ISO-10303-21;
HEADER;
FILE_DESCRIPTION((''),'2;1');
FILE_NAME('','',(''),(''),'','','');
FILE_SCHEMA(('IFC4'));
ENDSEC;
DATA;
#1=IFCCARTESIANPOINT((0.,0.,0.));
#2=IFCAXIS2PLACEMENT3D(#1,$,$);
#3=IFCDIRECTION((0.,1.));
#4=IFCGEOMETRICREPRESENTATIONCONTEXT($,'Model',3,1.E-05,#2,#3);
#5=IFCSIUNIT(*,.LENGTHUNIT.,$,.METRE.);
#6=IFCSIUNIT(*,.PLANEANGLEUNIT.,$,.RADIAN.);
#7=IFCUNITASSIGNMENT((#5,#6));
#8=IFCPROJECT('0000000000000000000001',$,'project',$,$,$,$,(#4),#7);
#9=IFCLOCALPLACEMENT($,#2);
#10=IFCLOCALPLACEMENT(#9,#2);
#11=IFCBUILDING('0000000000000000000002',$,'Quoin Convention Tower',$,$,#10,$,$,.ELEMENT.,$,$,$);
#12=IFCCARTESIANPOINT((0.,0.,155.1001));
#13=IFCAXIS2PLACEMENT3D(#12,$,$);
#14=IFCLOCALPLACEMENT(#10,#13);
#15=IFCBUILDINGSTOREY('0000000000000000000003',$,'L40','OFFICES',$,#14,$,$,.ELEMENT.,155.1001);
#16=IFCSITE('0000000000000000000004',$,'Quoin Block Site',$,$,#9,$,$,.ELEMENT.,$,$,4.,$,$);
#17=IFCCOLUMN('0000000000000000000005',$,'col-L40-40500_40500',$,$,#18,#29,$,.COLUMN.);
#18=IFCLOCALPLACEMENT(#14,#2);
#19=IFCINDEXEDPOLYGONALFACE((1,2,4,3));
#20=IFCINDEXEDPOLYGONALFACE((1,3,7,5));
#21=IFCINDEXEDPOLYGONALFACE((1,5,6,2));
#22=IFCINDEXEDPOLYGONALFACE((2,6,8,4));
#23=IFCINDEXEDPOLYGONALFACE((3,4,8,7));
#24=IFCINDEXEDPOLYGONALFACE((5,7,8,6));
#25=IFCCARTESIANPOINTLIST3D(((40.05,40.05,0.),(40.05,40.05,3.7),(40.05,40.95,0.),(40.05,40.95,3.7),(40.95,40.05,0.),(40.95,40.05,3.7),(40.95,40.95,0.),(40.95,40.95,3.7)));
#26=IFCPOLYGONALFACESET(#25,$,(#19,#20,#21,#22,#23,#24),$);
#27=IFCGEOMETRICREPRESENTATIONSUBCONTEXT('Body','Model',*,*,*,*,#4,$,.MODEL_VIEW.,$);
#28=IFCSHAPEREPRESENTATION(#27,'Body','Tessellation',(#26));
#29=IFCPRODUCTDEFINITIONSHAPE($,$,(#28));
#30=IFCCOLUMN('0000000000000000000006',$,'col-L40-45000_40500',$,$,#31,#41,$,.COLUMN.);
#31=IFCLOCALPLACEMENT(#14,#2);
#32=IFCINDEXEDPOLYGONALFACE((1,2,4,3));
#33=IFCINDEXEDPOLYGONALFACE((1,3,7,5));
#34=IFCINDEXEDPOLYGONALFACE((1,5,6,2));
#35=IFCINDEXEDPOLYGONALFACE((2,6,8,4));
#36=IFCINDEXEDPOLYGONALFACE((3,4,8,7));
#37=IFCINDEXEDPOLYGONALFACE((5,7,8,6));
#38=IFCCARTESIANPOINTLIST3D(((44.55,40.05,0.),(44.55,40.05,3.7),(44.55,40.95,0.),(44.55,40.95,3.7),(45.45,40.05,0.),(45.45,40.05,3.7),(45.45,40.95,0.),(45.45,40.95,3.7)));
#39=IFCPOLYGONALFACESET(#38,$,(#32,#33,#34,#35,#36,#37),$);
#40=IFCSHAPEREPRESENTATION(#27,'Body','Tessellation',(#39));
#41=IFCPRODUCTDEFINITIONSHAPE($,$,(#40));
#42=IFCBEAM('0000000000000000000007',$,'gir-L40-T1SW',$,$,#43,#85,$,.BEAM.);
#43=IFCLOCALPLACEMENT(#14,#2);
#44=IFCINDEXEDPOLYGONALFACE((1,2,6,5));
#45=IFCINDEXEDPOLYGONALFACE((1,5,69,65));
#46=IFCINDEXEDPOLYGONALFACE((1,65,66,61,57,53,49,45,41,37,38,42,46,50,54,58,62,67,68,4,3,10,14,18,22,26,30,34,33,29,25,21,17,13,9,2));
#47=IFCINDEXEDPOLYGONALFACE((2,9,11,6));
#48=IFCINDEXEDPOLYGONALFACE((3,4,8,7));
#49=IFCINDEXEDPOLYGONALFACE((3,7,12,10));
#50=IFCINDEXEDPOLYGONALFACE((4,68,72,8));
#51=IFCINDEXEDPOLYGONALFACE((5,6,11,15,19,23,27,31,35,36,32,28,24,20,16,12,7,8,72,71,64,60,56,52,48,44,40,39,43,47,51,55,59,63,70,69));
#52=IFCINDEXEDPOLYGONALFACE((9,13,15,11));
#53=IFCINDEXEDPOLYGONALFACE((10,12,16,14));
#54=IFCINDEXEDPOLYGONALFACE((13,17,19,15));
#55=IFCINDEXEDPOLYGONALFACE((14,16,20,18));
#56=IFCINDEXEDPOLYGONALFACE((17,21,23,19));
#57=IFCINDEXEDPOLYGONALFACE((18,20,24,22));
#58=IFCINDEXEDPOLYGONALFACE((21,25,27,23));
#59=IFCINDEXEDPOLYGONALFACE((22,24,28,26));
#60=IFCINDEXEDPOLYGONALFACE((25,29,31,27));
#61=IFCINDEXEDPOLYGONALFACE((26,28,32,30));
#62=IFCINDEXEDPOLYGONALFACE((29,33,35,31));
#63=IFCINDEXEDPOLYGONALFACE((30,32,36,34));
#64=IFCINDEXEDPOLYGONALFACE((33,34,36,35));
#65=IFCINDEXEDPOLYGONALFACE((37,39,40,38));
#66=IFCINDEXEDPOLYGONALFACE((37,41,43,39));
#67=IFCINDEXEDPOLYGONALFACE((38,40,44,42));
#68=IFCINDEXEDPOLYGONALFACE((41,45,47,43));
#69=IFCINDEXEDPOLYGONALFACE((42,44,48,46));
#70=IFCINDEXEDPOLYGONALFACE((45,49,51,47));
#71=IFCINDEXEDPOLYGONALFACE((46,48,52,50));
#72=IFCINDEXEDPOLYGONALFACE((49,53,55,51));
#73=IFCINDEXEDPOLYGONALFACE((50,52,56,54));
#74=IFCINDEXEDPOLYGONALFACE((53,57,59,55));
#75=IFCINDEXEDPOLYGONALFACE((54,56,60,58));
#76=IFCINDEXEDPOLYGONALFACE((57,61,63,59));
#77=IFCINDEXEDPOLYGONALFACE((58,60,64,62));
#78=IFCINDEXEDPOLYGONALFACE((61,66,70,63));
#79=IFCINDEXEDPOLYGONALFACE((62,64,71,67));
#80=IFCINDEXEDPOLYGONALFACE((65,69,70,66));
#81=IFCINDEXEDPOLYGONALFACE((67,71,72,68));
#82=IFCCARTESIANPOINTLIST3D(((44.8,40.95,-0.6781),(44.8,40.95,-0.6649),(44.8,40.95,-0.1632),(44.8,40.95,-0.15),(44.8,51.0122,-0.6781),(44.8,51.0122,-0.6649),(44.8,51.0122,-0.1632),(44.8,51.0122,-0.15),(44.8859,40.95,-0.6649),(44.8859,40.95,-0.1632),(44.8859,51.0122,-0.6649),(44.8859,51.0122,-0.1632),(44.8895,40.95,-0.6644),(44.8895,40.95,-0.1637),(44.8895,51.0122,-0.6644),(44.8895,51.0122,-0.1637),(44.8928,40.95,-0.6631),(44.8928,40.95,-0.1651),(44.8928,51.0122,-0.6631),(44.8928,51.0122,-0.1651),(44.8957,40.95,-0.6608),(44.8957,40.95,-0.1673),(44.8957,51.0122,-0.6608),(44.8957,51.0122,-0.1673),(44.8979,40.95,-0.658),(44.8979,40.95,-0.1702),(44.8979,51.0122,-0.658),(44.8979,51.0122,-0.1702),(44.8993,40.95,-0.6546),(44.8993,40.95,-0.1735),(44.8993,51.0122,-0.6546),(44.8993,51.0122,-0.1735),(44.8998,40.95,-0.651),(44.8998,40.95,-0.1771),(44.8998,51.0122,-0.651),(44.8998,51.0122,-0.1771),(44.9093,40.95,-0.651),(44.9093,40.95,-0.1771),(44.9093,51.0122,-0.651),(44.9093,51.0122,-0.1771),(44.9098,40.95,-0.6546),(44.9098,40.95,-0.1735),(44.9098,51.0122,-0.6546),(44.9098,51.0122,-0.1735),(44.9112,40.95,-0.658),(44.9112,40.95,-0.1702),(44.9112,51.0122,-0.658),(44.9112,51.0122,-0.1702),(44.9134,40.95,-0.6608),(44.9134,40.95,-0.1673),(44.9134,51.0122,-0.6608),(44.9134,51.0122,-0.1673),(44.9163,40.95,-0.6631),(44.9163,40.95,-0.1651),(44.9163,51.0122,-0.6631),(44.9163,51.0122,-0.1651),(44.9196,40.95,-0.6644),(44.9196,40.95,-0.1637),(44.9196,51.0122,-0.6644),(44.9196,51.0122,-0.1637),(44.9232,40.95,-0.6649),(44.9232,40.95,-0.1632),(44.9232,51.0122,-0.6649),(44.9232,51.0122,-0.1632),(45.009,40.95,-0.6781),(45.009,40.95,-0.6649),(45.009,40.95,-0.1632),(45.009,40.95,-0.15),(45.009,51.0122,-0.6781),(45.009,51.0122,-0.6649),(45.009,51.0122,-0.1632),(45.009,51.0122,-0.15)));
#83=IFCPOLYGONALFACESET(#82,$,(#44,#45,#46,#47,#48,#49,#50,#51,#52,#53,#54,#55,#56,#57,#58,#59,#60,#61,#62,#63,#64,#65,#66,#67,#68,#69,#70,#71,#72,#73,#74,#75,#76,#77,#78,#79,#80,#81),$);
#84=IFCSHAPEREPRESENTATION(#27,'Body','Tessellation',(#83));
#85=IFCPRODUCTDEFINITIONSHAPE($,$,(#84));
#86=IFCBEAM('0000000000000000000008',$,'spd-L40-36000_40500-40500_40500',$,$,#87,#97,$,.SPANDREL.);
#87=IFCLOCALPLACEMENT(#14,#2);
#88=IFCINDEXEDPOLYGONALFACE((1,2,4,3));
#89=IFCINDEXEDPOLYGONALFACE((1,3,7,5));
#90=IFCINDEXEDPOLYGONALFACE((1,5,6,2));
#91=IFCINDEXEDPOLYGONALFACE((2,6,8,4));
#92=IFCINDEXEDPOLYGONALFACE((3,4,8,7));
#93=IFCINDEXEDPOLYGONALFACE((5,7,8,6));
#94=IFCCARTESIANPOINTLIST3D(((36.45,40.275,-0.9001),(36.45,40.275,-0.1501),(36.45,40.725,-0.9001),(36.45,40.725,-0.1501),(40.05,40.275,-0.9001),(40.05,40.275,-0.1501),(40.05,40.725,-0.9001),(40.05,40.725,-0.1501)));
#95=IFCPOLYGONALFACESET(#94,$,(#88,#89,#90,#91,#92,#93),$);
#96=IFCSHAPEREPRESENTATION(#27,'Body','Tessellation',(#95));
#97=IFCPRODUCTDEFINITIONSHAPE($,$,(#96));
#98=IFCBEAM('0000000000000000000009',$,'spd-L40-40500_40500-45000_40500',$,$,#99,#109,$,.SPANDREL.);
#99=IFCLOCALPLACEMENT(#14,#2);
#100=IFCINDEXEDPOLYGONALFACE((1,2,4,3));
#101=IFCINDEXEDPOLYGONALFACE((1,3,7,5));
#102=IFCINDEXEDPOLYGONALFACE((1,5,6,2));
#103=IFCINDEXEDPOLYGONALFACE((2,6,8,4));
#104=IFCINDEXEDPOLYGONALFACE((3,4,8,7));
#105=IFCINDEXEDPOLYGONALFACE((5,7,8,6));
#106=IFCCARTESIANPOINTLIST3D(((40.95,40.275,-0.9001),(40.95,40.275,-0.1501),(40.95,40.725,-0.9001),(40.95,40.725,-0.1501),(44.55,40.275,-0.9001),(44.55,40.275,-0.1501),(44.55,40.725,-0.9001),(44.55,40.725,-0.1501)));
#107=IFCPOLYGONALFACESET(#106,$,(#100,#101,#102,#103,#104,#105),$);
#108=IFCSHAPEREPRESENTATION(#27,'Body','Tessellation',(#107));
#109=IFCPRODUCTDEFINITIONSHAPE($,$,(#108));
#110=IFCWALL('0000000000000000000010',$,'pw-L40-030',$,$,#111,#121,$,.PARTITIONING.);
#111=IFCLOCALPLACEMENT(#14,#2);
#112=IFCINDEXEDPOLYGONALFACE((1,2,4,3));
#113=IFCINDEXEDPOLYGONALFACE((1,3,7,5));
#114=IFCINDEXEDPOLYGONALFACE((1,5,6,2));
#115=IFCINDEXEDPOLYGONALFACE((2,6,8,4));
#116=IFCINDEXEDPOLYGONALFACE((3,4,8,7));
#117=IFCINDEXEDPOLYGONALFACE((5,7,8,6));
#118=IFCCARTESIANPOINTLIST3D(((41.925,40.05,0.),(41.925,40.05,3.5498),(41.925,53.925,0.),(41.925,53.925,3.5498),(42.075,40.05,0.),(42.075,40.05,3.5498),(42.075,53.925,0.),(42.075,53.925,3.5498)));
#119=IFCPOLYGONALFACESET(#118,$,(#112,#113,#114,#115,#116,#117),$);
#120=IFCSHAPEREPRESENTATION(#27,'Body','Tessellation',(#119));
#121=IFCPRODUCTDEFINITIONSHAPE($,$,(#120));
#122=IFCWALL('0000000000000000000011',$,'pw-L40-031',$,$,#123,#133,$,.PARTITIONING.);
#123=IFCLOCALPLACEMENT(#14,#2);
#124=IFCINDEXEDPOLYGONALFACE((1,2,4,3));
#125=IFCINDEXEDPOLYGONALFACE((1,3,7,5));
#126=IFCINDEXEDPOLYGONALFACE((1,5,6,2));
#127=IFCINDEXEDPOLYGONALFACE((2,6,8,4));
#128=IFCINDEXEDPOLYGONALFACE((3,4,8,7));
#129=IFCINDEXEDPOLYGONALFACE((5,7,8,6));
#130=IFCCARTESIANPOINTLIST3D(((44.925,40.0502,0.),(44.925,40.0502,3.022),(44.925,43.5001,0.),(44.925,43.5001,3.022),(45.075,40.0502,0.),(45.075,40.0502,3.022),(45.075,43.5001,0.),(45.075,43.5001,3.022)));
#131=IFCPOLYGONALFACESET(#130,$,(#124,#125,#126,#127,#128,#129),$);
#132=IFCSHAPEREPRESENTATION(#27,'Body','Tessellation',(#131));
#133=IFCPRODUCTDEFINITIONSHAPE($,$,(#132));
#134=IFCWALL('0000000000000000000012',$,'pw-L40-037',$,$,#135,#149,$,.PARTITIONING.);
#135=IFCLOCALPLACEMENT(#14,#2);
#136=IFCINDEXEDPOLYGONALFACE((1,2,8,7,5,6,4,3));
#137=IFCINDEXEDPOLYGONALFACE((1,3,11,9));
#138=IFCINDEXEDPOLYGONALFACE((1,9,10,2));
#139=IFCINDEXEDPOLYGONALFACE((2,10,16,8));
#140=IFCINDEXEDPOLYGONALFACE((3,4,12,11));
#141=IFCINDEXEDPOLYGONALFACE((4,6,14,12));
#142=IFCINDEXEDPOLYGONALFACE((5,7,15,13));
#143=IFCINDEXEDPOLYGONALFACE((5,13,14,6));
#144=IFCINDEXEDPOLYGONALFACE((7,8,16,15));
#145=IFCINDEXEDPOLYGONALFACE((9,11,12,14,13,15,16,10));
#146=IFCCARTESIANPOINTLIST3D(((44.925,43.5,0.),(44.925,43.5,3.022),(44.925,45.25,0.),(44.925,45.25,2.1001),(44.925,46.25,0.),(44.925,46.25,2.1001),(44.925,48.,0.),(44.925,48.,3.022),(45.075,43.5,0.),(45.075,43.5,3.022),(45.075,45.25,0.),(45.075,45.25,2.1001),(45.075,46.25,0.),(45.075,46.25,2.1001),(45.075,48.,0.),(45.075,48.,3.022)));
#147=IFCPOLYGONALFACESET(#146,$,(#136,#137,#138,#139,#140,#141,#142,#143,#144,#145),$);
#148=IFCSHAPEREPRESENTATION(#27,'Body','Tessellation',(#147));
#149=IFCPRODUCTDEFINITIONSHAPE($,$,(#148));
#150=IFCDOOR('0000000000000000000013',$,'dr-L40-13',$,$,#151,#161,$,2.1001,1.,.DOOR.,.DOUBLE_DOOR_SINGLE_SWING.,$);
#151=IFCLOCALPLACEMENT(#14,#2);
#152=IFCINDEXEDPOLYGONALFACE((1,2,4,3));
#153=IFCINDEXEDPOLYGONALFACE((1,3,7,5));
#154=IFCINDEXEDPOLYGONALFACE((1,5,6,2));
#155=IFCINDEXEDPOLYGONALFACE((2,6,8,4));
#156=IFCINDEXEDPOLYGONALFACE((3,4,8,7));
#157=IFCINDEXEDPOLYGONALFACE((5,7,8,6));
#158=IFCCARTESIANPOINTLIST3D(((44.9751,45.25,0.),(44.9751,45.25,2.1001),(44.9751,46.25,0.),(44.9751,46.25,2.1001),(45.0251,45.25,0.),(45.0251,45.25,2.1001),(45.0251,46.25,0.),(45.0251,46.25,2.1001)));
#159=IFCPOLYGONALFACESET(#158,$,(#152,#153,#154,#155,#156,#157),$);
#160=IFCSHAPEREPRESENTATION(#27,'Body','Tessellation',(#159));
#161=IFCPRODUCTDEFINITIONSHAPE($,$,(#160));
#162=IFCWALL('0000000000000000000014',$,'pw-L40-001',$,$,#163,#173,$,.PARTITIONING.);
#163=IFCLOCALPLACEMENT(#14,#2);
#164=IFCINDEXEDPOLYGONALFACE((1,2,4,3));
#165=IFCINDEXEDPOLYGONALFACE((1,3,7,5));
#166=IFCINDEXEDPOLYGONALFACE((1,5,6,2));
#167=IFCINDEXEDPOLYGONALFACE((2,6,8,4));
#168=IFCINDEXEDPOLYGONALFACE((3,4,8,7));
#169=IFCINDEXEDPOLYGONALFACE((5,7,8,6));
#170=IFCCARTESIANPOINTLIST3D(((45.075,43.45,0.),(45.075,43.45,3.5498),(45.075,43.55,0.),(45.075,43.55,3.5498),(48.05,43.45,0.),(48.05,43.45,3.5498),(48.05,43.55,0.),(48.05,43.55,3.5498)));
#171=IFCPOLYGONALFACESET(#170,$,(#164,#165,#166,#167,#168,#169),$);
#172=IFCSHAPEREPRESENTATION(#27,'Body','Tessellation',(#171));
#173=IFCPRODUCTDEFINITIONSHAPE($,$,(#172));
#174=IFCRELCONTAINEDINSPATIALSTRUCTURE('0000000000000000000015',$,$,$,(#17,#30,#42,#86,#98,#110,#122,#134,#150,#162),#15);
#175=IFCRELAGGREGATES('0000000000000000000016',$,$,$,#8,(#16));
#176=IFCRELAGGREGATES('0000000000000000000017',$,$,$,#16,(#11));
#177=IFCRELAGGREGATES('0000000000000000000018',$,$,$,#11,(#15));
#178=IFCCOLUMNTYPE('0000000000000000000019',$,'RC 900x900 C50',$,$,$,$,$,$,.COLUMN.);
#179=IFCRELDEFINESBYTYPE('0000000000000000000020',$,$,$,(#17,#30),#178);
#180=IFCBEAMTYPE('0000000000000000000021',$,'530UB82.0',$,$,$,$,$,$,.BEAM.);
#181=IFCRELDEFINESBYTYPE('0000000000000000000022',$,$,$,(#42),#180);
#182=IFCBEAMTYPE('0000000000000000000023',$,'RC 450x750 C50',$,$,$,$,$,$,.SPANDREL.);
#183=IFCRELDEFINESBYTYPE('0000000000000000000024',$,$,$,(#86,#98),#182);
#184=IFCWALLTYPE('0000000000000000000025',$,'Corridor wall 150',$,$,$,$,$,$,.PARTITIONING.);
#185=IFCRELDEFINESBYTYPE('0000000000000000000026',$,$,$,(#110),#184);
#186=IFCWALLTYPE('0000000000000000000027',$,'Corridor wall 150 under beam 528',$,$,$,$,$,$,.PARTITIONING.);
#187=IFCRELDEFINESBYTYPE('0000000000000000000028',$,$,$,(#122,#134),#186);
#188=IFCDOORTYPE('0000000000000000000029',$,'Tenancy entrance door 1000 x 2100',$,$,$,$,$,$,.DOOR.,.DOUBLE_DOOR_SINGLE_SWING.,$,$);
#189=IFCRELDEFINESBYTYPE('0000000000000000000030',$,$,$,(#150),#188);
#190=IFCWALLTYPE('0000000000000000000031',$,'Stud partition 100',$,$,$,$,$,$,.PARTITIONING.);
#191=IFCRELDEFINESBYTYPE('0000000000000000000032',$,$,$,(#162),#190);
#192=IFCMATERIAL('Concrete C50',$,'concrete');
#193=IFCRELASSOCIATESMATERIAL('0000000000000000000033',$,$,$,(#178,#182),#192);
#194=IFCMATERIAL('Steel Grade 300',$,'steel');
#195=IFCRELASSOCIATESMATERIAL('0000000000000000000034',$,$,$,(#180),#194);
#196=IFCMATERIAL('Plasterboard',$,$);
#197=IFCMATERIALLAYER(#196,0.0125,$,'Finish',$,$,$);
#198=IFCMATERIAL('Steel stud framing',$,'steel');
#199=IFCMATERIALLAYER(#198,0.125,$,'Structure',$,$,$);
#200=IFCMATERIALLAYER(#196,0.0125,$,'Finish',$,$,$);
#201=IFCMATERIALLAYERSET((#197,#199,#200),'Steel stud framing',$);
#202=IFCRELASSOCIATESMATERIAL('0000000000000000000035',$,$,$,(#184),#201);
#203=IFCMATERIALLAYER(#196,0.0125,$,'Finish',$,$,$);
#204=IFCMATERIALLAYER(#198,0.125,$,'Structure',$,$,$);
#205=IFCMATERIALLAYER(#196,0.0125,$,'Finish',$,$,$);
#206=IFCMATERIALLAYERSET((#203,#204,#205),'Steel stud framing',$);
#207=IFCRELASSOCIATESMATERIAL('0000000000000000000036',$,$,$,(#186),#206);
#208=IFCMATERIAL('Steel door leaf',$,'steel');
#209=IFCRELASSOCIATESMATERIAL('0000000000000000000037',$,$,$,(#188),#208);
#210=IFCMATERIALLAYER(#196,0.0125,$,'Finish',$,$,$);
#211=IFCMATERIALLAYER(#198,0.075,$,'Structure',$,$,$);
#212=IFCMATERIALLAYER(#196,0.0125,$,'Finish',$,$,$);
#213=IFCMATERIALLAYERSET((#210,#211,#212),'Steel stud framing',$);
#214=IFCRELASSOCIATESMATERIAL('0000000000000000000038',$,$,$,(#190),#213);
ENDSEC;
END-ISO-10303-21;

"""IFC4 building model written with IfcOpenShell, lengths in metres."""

from ifc_helpers import new_model, si_unit, direction, frame, frame_2d, origin, origin_2d, place, context, subcontext, project, spatial, rectangle, i_section, extrude, material, layer, layer_set, material_profile, profile_set, type_object, element, fill, save


model = new_model("IFC4")

# Units and contexts
model_context = context("Model", 3, precision=1e-05, world=origin(), true_north=direction((0.0, 1.0)))
body_context = subcontext(model_context, "Body", "Model", "MODEL_VIEW")
ifc_project = project(units=[si_unit("LENGTHUNIT", "METRE"), si_unit("PLANEANGLEUNIT", "RADIAN")], contexts=[model_context])

# Site, building, storey
site_placement = place(None, origin())
site = spatial("IfcSite", under=ifc_project, at=site_placement, Name="Quoin Block Site", CompositionType="ELEMENT", RefElevation=4.0)
building_placement = place(site_placement, origin())
building = spatial("IfcBuilding", under=site, at=building_placement, Name="Quoin Convention Tower", CompositionType="ELEMENT")
storey_placement = place(building_placement, frame((0.0, 0.0, 155.1001)))
storey = spatial("IfcBuildingStorey", under=building, at=storey_placement, Name="L40", Description="OFFICES", CompositionType="ELEMENT", Elevation=155.1001)

# Columns
ifc_material_1 = material(Name="Concrete C50", Category="concrete")
ifc_material_profile_1 = material_profile(ifc_material_1, rectangle(XDim=0.8999, YDim=0.8999, at=origin_2d()), Name="RC 900x900")
ifc_profile_set_1 = profile_set([ifc_material_profile_1], Name="Concrete C50")
column_type = type_object("IfcColumnType", Name="RC 900x900 C50", PredefinedType="COLUMN", material=ifc_profile_set_1)
for number, where, z_axis, x_axis, name in (
    (1, (40.5, 40.5, 0.0), (0.0, 0.0, 1.0), (1.0, 0.0, 0.0), "col-L40-40500_40500"),
    (2, (45.0, 40.5, 0.0), (0.0, 0.0, 1.0), (1.0, 0.0, 0.0), "col-L40-45000_40500"),
):
    element("IfcColumn", number, at=place(storey_placement, frame(where, z_axis=z_axis, x_axis=x_axis)), inside=storey, type_object=column_type, Name=name, PredefinedType="COLUMN", context=body_context, shape_type="SweptSolid", body=[
        extrude(rectangle(XDim=0.8999, YDim=0.8999, at=origin_2d()), origin(), (0.0, 0.0, 1.0), 3.7),
    ])

# Beams
ifc_material_2 = material(Name="Steel Grade 300", Category="steel")
ifc_material_profile_2 = material_profile(ifc_material_2, i_section(OverallWidth=0.209, OverallDepth=0.5281, WebThickness=0.0095, FlangeThickness=0.0132, FilletRadius=0.0139, at=origin_2d()), Name="530UB82.0")
ifc_profile_set_2 = profile_set([ifc_material_profile_2], Name="Steel Grade 300")
beam_type_1 = type_object("IfcBeamType", Name="530UB82.0", PredefinedType="BEAM", material=ifc_profile_set_2)
beam_placement = place(storey_placement, frame((44.9045, 40.95, -0.4141), z_axis=(0.0, 1.0, 0.0), x_axis=(-1.0, 0.0, 0.0)))
element("IfcBeam", 3, at=beam_placement, inside=storey, type_object=beam_type_1, Name="gir-L40-T1SW", PredefinedType="BEAM", context=body_context, shape_type="SweptSolid", body=[
    extrude(i_section(OverallWidth=0.209, OverallDepth=0.5281, WebThickness=0.0095, FlangeThickness=0.0132, FilletRadius=0.0139, at=origin_2d()), origin(), (0.0, 0.0, 1.0), 10.0623),
])
ifc_material_profile_3 = material_profile(ifc_material_1, rectangle(XDim=0.45, YDim=0.75, at=origin_2d()), Name="RC 450x750")
ifc_profile_set_3 = profile_set([ifc_material_profile_3], Name="Concrete C50")
beam_type_2 = type_object("IfcBeamType", Name="RC 450x750 C50", PredefinedType="SPANDREL", material=ifc_profile_set_3)
for number, where, z_axis, x_axis, name in (
    (4, (36.45, 40.5, -0.5251), (1.0, 0.0, 0.0), (0.0, 1.0, 0.0), "spd-L40-36000_40500-40500_40500"),
    (5, (40.95, 40.5, -0.5251), (1.0, 0.0, 0.0), (0.0, 1.0, 0.0), "spd-L40-40500_40500-45000_40500"),
):
    element("IfcBeam", number, at=place(storey_placement, frame(where, z_axis=z_axis, x_axis=x_axis)), inside=storey, type_object=beam_type_2, Name=name, PredefinedType="SPANDREL", context=body_context, shape_type="SweptSolid", body=[
        extrude(rectangle(XDim=0.45, YDim=0.75, at=origin_2d()), origin(), (0.0, 0.0, 1.0), 3.6001),
    ])

# Walls
ifc_material_3 = material(Name="Plasterboard")
ifc_layer_1 = layer(ifc_material_3, 0.0125, Name="Finish")
ifc_material_4 = material(Name="Steel stud framing", Category="steel")
ifc_layer_2 = layer(ifc_material_4, 0.125, Name="Structure")
ifc_layer_3 = layer(ifc_material_3, 0.0125, Name="Finish")
ifc_layer_set_1 = layer_set([ifc_layer_1, ifc_layer_2, ifc_layer_3], Name="Steel stud framing")
wall_type_1 = type_object("IfcWallType", Name="Corridor wall 150", PredefinedType="PARTITIONING", material=ifc_layer_set_1)
wall_1_placement = place(storey_placement, frame((42.0, 40.05, 0.0), z_axis=(0.0, 0.0, 1.0), x_axis=(0.0, 1.0, 0.0)))
element("IfcWall", 6, at=wall_1_placement, inside=storey, type_object=wall_type_1, Name="pw-L40-030", PredefinedType="PARTITIONING", context=body_context, shape_type="SweptSolid", body=[
    extrude(rectangle(XDim=13.875, YDim=0.1499, at=frame_2d((6.9375, 0.0))), origin(), (0.0, 0.0, 1.0), 3.5498),
])
ifc_layer_4 = layer(ifc_material_3, 0.0125, Name="Finish")
ifc_layer_5 = layer(ifc_material_4, 0.125, Name="Structure")
ifc_layer_6 = layer(ifc_material_3, 0.0125, Name="Finish")
ifc_layer_set_2 = layer_set([ifc_layer_4, ifc_layer_5, ifc_layer_6], Name="Steel stud framing")
wall_type_2 = type_object("IfcWallType", Name="Corridor wall 150 under beam 528", PredefinedType="PARTITIONING", material=ifc_layer_set_2)
wall_2_placement = place(storey_placement, frame((45.0, 40.05, 0.0), z_axis=(0.0, 0.0, 1.0), x_axis=(0.0, 1.0, 0.0)))
element("IfcWall", 7, at=wall_2_placement, inside=storey, type_object=wall_type_2, Name="pw-L40-031", PredefinedType="PARTITIONING", context=body_context, shape_type="SweptSolid", body=[
    extrude(rectangle(XDim=3.45, YDim=0.1499, at=frame_2d((1.7251, 0.0))), origin(), (0.0, 0.0, 1.0), 3.022),
])

# Wall, opening, door
wall_3_placement = place(storey_placement, frame((45.0, 43.5, 0.0), z_axis=(0.0, 0.0, 1.0), x_axis=(0.0, 1.0, 0.0)))
wall_3 = element("IfcWall", 8, at=wall_3_placement, inside=storey, type_object=wall_type_2, Name="pw-L40-037", PredefinedType="PARTITIONING", context=body_context, shape_type="SweptSolid", body=[
    extrude(rectangle(XDim=4.5, YDim=0.1499, at=frame_2d((2.25, 0.0))), origin(), (0.0, 0.0, 1.0), 3.022),
])
opening_placement = place(wall_3_placement, frame((1.75, 0.0, 0.0)))
opening = element("IfcOpeningElement", 9, at=opening_placement, cuts=wall_3, PredefinedType="OPENING", context=body_context, shape_type="SweptSolid", body=[
    extrude(rectangle(XDim=1.0, YDim=2.1001, at=frame_2d((0.5, 1.05))), frame((0.0, 0.085, 0.0), z_axis=(0.0, -1.0, 0.0), x_axis=(1.0, 0.0, 0.0)), (0.0, 0.0, 1.0), 0.1699),
])
ifc_material_5 = material(Name="Steel door leaf", Category="steel")
door_type = type_object("IfcDoorType", Name="Tenancy entrance door 1000 x 2100", OperationType="DOUBLE_DOOR_SINGLE_SWING", PredefinedType="DOOR", material=ifc_material_5)
door_placement = place(opening_placement, origin())
door = element("IfcDoor", 10, at=door_placement, inside=storey, type_object=door_type, Name="dr-L40-13", OperationType="DOUBLE_DOOR_SINGLE_SWING", OverallHeight=2.1001, OverallWidth=1.0, PredefinedType="DOOR", context=body_context, shape_type="SweptSolid", body=[
    extrude(rectangle(XDim=1.0, YDim=2.1001, at=frame_2d((0.5, 1.05))), frame((0.0, 0.0249, 0.0), z_axis=(0.0, -1.0, 0.0), x_axis=(1.0, 0.0, 0.0)), (0.0, 0.0, 1.0), 0.05),
])
fill(opening, door)

# Wall
ifc_layer_7 = layer(ifc_material_3, 0.0125, Name="Finish")
ifc_layer_8 = layer(ifc_material_4, 0.075, Name="Structure")
ifc_layer_9 = layer(ifc_material_3, 0.0125, Name="Finish")
ifc_layer_set_3 = layer_set([ifc_layer_7, ifc_layer_8, ifc_layer_9], Name="Steel stud framing")
wall_type_3 = type_object("IfcWallType", Name="Stud partition 100", PredefinedType="PARTITIONING", material=ifc_layer_set_3)
wall_4_placement = place(storey_placement, frame((45.075, 43.5, 0.0), z_axis=(0.0, 0.0, 1.0), x_axis=(1.0, 0.0, 0.0)))
element("IfcWall", 11, at=wall_4_placement, inside=storey, type_object=wall_type_3, Name="pw-L40-001", PredefinedType="PARTITIONING", context=body_context, shape_type="SweptSolid", body=[
    extrude(rectangle(XDim=2.9751, YDim=0.1001, at=frame_2d((1.4875, 0.0))), origin(), (0.0, 0.0, 1.0), 3.5498),
])

save(model, "model.ifc")
